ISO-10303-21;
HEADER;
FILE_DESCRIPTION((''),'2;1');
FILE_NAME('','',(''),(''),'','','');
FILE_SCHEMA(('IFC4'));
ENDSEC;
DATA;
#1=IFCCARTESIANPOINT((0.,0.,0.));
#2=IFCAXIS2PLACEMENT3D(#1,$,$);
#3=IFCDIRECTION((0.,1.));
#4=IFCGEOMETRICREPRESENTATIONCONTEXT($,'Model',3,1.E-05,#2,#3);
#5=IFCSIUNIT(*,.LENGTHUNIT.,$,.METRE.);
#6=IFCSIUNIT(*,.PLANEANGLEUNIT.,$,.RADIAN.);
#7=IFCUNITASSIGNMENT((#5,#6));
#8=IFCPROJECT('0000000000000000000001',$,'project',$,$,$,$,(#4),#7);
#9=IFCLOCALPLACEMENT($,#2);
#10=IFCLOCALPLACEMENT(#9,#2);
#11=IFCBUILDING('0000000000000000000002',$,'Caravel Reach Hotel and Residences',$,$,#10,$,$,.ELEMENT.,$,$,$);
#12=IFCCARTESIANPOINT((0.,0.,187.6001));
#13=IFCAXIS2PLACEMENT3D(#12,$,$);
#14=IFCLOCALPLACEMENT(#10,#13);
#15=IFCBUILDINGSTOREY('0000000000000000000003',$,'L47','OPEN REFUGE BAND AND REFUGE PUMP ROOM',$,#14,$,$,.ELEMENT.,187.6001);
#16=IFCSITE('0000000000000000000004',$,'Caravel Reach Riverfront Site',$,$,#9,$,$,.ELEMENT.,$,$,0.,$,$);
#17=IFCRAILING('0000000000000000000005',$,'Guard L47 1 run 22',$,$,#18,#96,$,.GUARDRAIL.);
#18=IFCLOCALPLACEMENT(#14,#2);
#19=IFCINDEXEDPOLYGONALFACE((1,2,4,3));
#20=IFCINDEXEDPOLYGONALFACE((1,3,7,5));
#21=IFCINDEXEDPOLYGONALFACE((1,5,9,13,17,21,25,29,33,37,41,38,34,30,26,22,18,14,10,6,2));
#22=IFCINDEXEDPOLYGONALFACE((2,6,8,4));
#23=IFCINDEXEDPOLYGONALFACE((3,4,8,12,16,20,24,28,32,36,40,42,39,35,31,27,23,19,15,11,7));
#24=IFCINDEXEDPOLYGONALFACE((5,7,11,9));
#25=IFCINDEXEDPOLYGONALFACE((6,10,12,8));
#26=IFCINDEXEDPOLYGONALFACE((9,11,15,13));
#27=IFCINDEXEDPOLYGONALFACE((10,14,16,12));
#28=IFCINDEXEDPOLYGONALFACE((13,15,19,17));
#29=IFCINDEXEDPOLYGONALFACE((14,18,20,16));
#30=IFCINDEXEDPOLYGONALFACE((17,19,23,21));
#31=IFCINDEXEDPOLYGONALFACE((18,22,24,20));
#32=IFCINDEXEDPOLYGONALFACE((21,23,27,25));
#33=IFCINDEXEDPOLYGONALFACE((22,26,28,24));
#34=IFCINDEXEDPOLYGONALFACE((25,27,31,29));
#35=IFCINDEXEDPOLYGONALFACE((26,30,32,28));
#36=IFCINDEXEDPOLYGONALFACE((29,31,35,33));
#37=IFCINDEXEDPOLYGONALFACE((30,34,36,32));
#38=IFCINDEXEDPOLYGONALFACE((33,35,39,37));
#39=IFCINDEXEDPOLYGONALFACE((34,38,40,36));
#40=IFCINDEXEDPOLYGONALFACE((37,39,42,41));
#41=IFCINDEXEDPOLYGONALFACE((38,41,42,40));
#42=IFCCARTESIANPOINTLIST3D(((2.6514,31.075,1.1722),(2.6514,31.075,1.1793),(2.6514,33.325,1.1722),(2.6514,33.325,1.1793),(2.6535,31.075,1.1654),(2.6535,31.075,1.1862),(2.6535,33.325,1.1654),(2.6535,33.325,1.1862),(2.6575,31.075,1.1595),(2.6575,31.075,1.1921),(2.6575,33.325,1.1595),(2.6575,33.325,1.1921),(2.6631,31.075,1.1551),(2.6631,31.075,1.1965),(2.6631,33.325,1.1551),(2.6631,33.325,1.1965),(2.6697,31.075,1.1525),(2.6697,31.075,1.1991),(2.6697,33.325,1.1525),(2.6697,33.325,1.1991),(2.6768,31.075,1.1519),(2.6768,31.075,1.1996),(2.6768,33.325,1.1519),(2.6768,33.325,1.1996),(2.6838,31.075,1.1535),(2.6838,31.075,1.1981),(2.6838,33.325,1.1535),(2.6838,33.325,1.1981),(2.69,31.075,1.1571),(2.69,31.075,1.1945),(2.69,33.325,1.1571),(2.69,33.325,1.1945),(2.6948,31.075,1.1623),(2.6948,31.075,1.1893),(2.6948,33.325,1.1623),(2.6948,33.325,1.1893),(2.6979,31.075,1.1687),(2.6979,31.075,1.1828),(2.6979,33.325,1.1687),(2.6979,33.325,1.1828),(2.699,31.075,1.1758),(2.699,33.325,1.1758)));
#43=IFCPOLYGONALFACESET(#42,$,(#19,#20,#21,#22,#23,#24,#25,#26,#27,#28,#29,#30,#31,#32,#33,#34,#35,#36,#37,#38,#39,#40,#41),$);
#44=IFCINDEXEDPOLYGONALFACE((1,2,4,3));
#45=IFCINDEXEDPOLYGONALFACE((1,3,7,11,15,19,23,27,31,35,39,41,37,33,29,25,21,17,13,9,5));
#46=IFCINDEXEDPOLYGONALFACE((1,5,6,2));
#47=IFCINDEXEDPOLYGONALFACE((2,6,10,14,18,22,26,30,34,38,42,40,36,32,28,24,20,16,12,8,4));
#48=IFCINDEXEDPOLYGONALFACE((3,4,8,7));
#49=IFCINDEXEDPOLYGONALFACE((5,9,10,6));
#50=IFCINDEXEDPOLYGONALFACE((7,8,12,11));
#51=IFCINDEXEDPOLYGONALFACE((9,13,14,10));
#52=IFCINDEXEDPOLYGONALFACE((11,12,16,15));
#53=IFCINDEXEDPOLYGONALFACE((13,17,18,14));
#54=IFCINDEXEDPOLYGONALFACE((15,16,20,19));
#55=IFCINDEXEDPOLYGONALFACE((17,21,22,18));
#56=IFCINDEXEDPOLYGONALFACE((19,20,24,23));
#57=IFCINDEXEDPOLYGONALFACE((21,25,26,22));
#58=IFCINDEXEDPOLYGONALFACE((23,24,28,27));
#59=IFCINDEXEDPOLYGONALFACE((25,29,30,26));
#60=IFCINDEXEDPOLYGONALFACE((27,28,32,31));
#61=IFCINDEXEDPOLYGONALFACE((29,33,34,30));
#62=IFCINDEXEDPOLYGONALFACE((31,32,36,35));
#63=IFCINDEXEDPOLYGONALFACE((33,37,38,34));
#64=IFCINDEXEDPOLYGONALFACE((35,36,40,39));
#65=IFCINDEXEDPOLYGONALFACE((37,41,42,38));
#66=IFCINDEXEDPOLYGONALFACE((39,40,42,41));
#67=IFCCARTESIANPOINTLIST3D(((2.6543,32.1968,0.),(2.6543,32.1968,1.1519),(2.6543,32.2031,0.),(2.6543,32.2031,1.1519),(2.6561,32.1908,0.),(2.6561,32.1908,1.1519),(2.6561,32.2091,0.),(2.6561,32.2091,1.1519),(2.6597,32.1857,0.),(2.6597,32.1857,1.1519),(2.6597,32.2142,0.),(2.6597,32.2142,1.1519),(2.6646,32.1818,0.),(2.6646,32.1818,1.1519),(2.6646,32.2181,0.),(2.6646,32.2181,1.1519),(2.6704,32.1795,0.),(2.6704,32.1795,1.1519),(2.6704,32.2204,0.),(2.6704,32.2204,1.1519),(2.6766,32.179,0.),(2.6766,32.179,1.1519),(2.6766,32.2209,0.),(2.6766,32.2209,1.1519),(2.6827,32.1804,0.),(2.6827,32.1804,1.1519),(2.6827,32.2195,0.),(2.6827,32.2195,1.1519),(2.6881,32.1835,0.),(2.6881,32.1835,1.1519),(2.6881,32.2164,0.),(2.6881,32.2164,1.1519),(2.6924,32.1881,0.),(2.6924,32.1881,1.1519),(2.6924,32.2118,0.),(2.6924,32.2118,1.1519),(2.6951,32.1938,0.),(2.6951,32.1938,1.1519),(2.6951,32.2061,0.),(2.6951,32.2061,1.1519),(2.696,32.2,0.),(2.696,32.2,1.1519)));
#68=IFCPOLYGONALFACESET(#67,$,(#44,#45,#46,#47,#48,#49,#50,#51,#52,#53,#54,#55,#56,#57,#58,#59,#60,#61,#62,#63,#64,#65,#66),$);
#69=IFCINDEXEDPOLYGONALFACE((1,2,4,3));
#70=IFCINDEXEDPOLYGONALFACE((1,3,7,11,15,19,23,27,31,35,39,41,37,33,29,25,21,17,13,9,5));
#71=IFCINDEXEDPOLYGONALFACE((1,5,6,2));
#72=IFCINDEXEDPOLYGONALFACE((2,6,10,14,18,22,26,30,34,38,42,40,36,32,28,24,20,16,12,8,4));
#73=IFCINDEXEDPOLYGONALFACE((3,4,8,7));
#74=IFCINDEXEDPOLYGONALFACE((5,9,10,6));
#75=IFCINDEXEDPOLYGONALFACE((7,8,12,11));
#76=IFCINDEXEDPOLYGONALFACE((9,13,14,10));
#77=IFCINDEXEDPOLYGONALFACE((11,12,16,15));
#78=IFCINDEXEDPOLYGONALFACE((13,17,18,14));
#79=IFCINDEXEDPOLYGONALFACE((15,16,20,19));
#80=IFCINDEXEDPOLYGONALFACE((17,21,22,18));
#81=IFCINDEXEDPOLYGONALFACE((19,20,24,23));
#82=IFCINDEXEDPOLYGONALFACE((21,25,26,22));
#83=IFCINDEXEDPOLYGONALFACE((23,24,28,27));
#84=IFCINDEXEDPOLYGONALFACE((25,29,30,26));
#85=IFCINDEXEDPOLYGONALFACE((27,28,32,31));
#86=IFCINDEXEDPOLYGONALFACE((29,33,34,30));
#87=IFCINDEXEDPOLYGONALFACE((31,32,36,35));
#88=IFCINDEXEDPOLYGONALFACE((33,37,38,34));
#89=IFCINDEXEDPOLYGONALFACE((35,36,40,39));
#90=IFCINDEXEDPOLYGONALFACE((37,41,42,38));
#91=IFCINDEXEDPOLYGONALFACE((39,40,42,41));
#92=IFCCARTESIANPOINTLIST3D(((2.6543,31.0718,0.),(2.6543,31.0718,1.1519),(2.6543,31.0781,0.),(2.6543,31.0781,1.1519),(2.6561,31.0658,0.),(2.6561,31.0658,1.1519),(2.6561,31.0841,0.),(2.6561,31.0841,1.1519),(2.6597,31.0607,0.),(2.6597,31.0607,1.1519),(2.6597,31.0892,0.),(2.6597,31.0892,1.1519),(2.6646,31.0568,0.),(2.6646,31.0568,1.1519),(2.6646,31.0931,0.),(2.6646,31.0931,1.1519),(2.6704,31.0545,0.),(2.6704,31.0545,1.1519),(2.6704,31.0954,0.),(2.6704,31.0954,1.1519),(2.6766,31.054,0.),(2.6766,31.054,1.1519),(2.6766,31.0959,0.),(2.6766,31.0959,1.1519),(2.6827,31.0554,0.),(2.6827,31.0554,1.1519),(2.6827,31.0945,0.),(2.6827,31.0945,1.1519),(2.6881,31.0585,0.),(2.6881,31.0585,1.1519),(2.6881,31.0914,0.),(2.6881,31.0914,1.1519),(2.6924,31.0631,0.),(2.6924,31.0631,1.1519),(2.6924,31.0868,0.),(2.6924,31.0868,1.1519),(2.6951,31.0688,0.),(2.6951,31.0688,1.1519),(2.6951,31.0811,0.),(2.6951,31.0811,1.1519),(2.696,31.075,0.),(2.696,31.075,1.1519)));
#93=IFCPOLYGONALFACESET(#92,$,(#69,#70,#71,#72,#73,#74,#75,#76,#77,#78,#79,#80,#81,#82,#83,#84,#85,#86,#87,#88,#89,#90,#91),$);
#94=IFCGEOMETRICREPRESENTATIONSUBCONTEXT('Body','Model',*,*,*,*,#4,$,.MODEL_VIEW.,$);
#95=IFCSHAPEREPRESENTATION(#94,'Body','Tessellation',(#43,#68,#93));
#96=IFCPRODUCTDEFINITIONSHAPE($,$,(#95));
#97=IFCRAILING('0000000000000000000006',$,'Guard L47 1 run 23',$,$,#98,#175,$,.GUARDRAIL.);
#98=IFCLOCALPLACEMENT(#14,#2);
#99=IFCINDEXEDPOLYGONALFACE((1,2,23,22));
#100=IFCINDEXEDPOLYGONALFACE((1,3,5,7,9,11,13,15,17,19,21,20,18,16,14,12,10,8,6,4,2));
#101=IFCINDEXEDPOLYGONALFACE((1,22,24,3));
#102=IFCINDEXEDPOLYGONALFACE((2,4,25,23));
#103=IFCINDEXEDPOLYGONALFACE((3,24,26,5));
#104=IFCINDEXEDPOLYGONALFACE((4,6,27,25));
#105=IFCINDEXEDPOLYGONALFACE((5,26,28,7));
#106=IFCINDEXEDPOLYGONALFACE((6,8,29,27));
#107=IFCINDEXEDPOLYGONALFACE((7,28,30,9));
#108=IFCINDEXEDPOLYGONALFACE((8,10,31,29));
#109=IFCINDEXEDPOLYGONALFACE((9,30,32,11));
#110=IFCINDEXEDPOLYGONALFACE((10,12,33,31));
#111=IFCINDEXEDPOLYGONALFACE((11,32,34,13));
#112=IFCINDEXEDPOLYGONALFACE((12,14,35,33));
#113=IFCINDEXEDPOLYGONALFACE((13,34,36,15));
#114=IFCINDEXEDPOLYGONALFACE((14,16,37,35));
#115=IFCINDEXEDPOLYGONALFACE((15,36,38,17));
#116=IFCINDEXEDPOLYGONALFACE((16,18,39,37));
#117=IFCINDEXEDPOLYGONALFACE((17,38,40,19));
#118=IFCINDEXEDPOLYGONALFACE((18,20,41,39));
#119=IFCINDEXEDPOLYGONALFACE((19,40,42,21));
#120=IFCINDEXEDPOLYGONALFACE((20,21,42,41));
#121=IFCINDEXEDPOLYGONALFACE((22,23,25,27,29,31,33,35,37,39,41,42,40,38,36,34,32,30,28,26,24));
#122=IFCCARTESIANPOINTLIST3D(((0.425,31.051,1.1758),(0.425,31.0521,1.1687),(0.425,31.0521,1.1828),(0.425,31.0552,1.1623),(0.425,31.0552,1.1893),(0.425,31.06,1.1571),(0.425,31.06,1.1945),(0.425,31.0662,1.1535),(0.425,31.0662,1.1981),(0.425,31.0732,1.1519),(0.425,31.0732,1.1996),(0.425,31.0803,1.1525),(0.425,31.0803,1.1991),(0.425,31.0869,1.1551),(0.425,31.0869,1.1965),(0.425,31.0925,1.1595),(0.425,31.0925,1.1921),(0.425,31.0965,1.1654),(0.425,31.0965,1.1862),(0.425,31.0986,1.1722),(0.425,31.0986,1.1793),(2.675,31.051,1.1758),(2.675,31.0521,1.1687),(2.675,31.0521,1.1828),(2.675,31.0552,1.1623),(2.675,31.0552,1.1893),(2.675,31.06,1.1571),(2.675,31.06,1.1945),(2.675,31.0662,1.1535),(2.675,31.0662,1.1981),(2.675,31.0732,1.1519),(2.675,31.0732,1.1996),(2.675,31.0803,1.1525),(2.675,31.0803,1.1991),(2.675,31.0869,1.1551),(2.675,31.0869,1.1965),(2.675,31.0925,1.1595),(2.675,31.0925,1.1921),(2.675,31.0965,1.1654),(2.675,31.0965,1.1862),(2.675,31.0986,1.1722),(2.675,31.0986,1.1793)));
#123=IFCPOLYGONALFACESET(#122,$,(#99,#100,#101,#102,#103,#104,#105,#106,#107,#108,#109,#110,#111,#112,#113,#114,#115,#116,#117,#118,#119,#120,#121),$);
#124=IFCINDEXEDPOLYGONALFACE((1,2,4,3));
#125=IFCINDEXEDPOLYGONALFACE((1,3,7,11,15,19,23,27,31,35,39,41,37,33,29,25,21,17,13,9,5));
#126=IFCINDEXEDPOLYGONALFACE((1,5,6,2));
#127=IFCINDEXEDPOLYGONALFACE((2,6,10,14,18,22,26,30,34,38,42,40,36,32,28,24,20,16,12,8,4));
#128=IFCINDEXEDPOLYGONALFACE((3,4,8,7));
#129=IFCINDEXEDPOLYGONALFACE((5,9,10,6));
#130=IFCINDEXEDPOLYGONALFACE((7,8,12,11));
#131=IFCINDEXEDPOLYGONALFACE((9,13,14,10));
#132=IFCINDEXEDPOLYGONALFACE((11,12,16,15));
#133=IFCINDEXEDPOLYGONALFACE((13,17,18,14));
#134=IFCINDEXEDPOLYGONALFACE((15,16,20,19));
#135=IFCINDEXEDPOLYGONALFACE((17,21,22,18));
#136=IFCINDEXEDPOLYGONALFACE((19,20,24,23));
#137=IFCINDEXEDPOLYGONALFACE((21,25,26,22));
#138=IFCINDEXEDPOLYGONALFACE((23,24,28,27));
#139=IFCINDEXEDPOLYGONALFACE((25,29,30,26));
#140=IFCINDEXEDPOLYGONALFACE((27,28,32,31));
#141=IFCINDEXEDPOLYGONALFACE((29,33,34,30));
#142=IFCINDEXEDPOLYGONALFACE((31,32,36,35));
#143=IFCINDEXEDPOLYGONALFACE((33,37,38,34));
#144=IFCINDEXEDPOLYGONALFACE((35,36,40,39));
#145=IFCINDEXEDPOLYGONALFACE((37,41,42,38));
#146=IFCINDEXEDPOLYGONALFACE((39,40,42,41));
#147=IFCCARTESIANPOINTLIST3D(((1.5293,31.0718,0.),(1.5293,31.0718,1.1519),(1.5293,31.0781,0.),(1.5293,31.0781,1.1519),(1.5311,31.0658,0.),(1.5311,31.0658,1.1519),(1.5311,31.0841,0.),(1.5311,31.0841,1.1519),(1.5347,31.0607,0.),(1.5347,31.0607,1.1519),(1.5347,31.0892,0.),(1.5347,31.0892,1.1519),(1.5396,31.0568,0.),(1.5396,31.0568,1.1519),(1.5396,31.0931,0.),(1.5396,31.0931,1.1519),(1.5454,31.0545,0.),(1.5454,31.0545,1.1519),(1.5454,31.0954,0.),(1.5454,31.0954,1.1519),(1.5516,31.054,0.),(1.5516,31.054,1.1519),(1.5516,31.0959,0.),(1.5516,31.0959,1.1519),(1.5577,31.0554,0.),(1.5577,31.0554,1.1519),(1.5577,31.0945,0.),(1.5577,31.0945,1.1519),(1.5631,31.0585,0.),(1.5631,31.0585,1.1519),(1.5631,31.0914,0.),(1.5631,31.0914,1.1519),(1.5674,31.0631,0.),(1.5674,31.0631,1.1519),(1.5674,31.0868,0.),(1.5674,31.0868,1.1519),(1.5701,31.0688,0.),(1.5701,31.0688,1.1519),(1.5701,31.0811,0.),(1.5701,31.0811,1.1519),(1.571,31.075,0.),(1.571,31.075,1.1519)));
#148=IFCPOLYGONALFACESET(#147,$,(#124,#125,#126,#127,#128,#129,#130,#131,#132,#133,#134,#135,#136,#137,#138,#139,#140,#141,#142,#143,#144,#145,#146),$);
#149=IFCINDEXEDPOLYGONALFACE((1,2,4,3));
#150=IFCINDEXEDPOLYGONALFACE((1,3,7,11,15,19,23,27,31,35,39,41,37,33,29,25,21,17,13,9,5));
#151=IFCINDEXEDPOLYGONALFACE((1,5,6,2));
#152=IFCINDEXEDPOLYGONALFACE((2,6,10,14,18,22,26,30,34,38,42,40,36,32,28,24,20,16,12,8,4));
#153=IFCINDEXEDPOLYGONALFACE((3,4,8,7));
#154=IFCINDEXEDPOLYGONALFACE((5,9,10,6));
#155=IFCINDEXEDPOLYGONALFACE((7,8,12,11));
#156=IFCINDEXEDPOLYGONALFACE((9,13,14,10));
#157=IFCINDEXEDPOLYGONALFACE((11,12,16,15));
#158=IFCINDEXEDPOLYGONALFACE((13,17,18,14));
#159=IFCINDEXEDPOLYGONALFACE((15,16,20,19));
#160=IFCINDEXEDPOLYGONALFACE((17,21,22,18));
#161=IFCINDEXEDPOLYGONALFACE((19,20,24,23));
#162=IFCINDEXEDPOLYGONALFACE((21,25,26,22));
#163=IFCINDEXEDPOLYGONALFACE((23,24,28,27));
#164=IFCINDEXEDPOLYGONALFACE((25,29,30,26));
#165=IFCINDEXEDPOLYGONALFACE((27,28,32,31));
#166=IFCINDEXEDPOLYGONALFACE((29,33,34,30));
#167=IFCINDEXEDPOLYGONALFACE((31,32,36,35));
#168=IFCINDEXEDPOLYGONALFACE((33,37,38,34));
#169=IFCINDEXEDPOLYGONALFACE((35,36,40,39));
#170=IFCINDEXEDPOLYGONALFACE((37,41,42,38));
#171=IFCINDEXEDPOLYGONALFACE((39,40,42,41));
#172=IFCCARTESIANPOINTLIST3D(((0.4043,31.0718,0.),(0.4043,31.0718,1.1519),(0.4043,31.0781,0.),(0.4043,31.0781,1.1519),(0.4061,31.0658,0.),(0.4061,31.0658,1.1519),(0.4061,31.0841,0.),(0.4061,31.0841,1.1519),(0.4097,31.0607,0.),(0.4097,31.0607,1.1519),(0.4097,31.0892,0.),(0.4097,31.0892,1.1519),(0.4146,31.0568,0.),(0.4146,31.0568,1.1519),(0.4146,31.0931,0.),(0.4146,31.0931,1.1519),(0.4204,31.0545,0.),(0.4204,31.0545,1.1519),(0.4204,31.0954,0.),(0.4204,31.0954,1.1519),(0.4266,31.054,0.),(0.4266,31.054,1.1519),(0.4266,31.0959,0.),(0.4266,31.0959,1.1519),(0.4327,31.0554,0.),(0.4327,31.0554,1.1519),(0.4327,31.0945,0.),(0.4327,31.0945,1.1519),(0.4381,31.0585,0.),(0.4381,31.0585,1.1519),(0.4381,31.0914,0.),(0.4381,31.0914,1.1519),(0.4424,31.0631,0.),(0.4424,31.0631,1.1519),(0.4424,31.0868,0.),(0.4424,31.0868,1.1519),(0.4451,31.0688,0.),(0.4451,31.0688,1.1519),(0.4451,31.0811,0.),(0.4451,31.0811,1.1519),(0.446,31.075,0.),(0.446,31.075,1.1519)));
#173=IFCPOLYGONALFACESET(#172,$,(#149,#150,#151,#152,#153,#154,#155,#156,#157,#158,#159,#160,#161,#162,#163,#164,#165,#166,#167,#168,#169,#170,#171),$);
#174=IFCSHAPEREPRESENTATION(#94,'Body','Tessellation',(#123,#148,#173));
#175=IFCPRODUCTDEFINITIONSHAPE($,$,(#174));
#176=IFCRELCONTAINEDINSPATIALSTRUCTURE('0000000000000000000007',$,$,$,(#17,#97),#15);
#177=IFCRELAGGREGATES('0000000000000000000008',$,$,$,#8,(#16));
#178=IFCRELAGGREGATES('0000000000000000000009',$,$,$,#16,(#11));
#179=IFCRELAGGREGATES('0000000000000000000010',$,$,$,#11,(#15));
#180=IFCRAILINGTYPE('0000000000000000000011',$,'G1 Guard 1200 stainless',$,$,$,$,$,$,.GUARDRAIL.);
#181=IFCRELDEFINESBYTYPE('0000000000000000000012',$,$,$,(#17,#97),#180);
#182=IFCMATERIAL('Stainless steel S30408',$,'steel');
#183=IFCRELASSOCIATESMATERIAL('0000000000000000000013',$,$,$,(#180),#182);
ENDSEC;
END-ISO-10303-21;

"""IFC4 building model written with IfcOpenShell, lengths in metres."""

from ifc_helpers import new_model, si_unit, direction, frame, origin, origin_2d, place, context, subcontext, project, spatial, circle, extrude, material, type_object, element, save


model = new_model("IFC4")

# Units and contexts
model_context = context("Model", 3, precision=1e-05, world=origin(), true_north=direction((0.0, 1.0)))
body_context = subcontext(model_context, "Body", "Model", "MODEL_VIEW")
ifc_project = project(units=[si_unit("LENGTHUNIT", "METRE"), si_unit("PLANEANGLEUNIT", "RADIAN")], contexts=[model_context])

# Site, building, storey
site_placement = place(None, origin())
site = spatial("IfcSite", under=ifc_project, at=site_placement, Name="Caravel Reach Riverfront Site", CompositionType="ELEMENT", RefElevation=0.0)
building_placement = place(site_placement, origin())
building = spatial("IfcBuilding", under=site, at=building_placement, Name="Caravel Reach Hotel and Residences", CompositionType="ELEMENT")
storey_placement = place(building_placement, frame((0.0, 0.0, 187.6001)))
storey = spatial("IfcBuildingStorey", under=building, at=storey_placement, Name="L47", Description="OPEN REFUGE BAND AND REFUGE PUMP ROOM", CompositionType="ELEMENT", Elevation=187.6001)

# Railings
ifc_material_1 = material(Name="Stainless steel S30408", Category="steel")
railing_type = type_object("IfcRailingType", Name="G1 Guard 1200 stainless", PredefinedType="GUARDRAIL", material=ifc_material_1)
railing_1_placement = place(storey_placement, frame((2.675, 33.325, 0.0)))
element("IfcRailing", 1, at=railing_1_placement, inside=storey, type_object=railing_type, Name="Guard L47 1 run 22", PredefinedType="GUARDRAIL", context=body_context, shape_type="SweptSolid", body=[
    extrude(circle(Radius=0.0239, at=origin_2d()), frame((0.0, 0.0, 1.1758), z_axis=(0.0, -1.0, 0.0), x_axis=(1.0, 0.0, 0.0)), (0.0, 0.0, 1.0), 2.25),
    extrude(circle(Radius=0.021, at=origin_2d()), frame((0.0, -1.125, 0.0)), (0.0, 0.0, 1.0), 1.1519),
    extrude(circle(Radius=0.021, at=origin_2d()), frame((0.0, -2.25, 0.0)), (0.0, 0.0, 1.0), 1.1519),
])
railing_2_placement = place(storey_placement, frame((2.675, 31.075, 0.0)))
element("IfcRailing", 2, at=railing_2_placement, inside=storey, type_object=railing_type, Name="Guard L47 1 run 23", PredefinedType="GUARDRAIL", context=body_context, shape_type="SweptSolid", body=[
    extrude(circle(Radius=0.0239, at=origin_2d()), frame((0.0, 0.0, 1.1758), z_axis=(-1.0, 0.0, 0.0), x_axis=(0.0, -1.0, 0.0)), (0.0, 0.0, 1.0), 2.25),
    extrude(circle(Radius=0.021, at=origin_2d()), frame((-1.125, 0.0, 0.0)), (0.0, 0.0, 1.0), 1.1519),
    extrude(circle(Radius=0.021, at=origin_2d()), frame((-2.25, 0.0, 0.0)), (0.0, 0.0, 1.0), 1.1519),
])

save(model, "model.ifc")
